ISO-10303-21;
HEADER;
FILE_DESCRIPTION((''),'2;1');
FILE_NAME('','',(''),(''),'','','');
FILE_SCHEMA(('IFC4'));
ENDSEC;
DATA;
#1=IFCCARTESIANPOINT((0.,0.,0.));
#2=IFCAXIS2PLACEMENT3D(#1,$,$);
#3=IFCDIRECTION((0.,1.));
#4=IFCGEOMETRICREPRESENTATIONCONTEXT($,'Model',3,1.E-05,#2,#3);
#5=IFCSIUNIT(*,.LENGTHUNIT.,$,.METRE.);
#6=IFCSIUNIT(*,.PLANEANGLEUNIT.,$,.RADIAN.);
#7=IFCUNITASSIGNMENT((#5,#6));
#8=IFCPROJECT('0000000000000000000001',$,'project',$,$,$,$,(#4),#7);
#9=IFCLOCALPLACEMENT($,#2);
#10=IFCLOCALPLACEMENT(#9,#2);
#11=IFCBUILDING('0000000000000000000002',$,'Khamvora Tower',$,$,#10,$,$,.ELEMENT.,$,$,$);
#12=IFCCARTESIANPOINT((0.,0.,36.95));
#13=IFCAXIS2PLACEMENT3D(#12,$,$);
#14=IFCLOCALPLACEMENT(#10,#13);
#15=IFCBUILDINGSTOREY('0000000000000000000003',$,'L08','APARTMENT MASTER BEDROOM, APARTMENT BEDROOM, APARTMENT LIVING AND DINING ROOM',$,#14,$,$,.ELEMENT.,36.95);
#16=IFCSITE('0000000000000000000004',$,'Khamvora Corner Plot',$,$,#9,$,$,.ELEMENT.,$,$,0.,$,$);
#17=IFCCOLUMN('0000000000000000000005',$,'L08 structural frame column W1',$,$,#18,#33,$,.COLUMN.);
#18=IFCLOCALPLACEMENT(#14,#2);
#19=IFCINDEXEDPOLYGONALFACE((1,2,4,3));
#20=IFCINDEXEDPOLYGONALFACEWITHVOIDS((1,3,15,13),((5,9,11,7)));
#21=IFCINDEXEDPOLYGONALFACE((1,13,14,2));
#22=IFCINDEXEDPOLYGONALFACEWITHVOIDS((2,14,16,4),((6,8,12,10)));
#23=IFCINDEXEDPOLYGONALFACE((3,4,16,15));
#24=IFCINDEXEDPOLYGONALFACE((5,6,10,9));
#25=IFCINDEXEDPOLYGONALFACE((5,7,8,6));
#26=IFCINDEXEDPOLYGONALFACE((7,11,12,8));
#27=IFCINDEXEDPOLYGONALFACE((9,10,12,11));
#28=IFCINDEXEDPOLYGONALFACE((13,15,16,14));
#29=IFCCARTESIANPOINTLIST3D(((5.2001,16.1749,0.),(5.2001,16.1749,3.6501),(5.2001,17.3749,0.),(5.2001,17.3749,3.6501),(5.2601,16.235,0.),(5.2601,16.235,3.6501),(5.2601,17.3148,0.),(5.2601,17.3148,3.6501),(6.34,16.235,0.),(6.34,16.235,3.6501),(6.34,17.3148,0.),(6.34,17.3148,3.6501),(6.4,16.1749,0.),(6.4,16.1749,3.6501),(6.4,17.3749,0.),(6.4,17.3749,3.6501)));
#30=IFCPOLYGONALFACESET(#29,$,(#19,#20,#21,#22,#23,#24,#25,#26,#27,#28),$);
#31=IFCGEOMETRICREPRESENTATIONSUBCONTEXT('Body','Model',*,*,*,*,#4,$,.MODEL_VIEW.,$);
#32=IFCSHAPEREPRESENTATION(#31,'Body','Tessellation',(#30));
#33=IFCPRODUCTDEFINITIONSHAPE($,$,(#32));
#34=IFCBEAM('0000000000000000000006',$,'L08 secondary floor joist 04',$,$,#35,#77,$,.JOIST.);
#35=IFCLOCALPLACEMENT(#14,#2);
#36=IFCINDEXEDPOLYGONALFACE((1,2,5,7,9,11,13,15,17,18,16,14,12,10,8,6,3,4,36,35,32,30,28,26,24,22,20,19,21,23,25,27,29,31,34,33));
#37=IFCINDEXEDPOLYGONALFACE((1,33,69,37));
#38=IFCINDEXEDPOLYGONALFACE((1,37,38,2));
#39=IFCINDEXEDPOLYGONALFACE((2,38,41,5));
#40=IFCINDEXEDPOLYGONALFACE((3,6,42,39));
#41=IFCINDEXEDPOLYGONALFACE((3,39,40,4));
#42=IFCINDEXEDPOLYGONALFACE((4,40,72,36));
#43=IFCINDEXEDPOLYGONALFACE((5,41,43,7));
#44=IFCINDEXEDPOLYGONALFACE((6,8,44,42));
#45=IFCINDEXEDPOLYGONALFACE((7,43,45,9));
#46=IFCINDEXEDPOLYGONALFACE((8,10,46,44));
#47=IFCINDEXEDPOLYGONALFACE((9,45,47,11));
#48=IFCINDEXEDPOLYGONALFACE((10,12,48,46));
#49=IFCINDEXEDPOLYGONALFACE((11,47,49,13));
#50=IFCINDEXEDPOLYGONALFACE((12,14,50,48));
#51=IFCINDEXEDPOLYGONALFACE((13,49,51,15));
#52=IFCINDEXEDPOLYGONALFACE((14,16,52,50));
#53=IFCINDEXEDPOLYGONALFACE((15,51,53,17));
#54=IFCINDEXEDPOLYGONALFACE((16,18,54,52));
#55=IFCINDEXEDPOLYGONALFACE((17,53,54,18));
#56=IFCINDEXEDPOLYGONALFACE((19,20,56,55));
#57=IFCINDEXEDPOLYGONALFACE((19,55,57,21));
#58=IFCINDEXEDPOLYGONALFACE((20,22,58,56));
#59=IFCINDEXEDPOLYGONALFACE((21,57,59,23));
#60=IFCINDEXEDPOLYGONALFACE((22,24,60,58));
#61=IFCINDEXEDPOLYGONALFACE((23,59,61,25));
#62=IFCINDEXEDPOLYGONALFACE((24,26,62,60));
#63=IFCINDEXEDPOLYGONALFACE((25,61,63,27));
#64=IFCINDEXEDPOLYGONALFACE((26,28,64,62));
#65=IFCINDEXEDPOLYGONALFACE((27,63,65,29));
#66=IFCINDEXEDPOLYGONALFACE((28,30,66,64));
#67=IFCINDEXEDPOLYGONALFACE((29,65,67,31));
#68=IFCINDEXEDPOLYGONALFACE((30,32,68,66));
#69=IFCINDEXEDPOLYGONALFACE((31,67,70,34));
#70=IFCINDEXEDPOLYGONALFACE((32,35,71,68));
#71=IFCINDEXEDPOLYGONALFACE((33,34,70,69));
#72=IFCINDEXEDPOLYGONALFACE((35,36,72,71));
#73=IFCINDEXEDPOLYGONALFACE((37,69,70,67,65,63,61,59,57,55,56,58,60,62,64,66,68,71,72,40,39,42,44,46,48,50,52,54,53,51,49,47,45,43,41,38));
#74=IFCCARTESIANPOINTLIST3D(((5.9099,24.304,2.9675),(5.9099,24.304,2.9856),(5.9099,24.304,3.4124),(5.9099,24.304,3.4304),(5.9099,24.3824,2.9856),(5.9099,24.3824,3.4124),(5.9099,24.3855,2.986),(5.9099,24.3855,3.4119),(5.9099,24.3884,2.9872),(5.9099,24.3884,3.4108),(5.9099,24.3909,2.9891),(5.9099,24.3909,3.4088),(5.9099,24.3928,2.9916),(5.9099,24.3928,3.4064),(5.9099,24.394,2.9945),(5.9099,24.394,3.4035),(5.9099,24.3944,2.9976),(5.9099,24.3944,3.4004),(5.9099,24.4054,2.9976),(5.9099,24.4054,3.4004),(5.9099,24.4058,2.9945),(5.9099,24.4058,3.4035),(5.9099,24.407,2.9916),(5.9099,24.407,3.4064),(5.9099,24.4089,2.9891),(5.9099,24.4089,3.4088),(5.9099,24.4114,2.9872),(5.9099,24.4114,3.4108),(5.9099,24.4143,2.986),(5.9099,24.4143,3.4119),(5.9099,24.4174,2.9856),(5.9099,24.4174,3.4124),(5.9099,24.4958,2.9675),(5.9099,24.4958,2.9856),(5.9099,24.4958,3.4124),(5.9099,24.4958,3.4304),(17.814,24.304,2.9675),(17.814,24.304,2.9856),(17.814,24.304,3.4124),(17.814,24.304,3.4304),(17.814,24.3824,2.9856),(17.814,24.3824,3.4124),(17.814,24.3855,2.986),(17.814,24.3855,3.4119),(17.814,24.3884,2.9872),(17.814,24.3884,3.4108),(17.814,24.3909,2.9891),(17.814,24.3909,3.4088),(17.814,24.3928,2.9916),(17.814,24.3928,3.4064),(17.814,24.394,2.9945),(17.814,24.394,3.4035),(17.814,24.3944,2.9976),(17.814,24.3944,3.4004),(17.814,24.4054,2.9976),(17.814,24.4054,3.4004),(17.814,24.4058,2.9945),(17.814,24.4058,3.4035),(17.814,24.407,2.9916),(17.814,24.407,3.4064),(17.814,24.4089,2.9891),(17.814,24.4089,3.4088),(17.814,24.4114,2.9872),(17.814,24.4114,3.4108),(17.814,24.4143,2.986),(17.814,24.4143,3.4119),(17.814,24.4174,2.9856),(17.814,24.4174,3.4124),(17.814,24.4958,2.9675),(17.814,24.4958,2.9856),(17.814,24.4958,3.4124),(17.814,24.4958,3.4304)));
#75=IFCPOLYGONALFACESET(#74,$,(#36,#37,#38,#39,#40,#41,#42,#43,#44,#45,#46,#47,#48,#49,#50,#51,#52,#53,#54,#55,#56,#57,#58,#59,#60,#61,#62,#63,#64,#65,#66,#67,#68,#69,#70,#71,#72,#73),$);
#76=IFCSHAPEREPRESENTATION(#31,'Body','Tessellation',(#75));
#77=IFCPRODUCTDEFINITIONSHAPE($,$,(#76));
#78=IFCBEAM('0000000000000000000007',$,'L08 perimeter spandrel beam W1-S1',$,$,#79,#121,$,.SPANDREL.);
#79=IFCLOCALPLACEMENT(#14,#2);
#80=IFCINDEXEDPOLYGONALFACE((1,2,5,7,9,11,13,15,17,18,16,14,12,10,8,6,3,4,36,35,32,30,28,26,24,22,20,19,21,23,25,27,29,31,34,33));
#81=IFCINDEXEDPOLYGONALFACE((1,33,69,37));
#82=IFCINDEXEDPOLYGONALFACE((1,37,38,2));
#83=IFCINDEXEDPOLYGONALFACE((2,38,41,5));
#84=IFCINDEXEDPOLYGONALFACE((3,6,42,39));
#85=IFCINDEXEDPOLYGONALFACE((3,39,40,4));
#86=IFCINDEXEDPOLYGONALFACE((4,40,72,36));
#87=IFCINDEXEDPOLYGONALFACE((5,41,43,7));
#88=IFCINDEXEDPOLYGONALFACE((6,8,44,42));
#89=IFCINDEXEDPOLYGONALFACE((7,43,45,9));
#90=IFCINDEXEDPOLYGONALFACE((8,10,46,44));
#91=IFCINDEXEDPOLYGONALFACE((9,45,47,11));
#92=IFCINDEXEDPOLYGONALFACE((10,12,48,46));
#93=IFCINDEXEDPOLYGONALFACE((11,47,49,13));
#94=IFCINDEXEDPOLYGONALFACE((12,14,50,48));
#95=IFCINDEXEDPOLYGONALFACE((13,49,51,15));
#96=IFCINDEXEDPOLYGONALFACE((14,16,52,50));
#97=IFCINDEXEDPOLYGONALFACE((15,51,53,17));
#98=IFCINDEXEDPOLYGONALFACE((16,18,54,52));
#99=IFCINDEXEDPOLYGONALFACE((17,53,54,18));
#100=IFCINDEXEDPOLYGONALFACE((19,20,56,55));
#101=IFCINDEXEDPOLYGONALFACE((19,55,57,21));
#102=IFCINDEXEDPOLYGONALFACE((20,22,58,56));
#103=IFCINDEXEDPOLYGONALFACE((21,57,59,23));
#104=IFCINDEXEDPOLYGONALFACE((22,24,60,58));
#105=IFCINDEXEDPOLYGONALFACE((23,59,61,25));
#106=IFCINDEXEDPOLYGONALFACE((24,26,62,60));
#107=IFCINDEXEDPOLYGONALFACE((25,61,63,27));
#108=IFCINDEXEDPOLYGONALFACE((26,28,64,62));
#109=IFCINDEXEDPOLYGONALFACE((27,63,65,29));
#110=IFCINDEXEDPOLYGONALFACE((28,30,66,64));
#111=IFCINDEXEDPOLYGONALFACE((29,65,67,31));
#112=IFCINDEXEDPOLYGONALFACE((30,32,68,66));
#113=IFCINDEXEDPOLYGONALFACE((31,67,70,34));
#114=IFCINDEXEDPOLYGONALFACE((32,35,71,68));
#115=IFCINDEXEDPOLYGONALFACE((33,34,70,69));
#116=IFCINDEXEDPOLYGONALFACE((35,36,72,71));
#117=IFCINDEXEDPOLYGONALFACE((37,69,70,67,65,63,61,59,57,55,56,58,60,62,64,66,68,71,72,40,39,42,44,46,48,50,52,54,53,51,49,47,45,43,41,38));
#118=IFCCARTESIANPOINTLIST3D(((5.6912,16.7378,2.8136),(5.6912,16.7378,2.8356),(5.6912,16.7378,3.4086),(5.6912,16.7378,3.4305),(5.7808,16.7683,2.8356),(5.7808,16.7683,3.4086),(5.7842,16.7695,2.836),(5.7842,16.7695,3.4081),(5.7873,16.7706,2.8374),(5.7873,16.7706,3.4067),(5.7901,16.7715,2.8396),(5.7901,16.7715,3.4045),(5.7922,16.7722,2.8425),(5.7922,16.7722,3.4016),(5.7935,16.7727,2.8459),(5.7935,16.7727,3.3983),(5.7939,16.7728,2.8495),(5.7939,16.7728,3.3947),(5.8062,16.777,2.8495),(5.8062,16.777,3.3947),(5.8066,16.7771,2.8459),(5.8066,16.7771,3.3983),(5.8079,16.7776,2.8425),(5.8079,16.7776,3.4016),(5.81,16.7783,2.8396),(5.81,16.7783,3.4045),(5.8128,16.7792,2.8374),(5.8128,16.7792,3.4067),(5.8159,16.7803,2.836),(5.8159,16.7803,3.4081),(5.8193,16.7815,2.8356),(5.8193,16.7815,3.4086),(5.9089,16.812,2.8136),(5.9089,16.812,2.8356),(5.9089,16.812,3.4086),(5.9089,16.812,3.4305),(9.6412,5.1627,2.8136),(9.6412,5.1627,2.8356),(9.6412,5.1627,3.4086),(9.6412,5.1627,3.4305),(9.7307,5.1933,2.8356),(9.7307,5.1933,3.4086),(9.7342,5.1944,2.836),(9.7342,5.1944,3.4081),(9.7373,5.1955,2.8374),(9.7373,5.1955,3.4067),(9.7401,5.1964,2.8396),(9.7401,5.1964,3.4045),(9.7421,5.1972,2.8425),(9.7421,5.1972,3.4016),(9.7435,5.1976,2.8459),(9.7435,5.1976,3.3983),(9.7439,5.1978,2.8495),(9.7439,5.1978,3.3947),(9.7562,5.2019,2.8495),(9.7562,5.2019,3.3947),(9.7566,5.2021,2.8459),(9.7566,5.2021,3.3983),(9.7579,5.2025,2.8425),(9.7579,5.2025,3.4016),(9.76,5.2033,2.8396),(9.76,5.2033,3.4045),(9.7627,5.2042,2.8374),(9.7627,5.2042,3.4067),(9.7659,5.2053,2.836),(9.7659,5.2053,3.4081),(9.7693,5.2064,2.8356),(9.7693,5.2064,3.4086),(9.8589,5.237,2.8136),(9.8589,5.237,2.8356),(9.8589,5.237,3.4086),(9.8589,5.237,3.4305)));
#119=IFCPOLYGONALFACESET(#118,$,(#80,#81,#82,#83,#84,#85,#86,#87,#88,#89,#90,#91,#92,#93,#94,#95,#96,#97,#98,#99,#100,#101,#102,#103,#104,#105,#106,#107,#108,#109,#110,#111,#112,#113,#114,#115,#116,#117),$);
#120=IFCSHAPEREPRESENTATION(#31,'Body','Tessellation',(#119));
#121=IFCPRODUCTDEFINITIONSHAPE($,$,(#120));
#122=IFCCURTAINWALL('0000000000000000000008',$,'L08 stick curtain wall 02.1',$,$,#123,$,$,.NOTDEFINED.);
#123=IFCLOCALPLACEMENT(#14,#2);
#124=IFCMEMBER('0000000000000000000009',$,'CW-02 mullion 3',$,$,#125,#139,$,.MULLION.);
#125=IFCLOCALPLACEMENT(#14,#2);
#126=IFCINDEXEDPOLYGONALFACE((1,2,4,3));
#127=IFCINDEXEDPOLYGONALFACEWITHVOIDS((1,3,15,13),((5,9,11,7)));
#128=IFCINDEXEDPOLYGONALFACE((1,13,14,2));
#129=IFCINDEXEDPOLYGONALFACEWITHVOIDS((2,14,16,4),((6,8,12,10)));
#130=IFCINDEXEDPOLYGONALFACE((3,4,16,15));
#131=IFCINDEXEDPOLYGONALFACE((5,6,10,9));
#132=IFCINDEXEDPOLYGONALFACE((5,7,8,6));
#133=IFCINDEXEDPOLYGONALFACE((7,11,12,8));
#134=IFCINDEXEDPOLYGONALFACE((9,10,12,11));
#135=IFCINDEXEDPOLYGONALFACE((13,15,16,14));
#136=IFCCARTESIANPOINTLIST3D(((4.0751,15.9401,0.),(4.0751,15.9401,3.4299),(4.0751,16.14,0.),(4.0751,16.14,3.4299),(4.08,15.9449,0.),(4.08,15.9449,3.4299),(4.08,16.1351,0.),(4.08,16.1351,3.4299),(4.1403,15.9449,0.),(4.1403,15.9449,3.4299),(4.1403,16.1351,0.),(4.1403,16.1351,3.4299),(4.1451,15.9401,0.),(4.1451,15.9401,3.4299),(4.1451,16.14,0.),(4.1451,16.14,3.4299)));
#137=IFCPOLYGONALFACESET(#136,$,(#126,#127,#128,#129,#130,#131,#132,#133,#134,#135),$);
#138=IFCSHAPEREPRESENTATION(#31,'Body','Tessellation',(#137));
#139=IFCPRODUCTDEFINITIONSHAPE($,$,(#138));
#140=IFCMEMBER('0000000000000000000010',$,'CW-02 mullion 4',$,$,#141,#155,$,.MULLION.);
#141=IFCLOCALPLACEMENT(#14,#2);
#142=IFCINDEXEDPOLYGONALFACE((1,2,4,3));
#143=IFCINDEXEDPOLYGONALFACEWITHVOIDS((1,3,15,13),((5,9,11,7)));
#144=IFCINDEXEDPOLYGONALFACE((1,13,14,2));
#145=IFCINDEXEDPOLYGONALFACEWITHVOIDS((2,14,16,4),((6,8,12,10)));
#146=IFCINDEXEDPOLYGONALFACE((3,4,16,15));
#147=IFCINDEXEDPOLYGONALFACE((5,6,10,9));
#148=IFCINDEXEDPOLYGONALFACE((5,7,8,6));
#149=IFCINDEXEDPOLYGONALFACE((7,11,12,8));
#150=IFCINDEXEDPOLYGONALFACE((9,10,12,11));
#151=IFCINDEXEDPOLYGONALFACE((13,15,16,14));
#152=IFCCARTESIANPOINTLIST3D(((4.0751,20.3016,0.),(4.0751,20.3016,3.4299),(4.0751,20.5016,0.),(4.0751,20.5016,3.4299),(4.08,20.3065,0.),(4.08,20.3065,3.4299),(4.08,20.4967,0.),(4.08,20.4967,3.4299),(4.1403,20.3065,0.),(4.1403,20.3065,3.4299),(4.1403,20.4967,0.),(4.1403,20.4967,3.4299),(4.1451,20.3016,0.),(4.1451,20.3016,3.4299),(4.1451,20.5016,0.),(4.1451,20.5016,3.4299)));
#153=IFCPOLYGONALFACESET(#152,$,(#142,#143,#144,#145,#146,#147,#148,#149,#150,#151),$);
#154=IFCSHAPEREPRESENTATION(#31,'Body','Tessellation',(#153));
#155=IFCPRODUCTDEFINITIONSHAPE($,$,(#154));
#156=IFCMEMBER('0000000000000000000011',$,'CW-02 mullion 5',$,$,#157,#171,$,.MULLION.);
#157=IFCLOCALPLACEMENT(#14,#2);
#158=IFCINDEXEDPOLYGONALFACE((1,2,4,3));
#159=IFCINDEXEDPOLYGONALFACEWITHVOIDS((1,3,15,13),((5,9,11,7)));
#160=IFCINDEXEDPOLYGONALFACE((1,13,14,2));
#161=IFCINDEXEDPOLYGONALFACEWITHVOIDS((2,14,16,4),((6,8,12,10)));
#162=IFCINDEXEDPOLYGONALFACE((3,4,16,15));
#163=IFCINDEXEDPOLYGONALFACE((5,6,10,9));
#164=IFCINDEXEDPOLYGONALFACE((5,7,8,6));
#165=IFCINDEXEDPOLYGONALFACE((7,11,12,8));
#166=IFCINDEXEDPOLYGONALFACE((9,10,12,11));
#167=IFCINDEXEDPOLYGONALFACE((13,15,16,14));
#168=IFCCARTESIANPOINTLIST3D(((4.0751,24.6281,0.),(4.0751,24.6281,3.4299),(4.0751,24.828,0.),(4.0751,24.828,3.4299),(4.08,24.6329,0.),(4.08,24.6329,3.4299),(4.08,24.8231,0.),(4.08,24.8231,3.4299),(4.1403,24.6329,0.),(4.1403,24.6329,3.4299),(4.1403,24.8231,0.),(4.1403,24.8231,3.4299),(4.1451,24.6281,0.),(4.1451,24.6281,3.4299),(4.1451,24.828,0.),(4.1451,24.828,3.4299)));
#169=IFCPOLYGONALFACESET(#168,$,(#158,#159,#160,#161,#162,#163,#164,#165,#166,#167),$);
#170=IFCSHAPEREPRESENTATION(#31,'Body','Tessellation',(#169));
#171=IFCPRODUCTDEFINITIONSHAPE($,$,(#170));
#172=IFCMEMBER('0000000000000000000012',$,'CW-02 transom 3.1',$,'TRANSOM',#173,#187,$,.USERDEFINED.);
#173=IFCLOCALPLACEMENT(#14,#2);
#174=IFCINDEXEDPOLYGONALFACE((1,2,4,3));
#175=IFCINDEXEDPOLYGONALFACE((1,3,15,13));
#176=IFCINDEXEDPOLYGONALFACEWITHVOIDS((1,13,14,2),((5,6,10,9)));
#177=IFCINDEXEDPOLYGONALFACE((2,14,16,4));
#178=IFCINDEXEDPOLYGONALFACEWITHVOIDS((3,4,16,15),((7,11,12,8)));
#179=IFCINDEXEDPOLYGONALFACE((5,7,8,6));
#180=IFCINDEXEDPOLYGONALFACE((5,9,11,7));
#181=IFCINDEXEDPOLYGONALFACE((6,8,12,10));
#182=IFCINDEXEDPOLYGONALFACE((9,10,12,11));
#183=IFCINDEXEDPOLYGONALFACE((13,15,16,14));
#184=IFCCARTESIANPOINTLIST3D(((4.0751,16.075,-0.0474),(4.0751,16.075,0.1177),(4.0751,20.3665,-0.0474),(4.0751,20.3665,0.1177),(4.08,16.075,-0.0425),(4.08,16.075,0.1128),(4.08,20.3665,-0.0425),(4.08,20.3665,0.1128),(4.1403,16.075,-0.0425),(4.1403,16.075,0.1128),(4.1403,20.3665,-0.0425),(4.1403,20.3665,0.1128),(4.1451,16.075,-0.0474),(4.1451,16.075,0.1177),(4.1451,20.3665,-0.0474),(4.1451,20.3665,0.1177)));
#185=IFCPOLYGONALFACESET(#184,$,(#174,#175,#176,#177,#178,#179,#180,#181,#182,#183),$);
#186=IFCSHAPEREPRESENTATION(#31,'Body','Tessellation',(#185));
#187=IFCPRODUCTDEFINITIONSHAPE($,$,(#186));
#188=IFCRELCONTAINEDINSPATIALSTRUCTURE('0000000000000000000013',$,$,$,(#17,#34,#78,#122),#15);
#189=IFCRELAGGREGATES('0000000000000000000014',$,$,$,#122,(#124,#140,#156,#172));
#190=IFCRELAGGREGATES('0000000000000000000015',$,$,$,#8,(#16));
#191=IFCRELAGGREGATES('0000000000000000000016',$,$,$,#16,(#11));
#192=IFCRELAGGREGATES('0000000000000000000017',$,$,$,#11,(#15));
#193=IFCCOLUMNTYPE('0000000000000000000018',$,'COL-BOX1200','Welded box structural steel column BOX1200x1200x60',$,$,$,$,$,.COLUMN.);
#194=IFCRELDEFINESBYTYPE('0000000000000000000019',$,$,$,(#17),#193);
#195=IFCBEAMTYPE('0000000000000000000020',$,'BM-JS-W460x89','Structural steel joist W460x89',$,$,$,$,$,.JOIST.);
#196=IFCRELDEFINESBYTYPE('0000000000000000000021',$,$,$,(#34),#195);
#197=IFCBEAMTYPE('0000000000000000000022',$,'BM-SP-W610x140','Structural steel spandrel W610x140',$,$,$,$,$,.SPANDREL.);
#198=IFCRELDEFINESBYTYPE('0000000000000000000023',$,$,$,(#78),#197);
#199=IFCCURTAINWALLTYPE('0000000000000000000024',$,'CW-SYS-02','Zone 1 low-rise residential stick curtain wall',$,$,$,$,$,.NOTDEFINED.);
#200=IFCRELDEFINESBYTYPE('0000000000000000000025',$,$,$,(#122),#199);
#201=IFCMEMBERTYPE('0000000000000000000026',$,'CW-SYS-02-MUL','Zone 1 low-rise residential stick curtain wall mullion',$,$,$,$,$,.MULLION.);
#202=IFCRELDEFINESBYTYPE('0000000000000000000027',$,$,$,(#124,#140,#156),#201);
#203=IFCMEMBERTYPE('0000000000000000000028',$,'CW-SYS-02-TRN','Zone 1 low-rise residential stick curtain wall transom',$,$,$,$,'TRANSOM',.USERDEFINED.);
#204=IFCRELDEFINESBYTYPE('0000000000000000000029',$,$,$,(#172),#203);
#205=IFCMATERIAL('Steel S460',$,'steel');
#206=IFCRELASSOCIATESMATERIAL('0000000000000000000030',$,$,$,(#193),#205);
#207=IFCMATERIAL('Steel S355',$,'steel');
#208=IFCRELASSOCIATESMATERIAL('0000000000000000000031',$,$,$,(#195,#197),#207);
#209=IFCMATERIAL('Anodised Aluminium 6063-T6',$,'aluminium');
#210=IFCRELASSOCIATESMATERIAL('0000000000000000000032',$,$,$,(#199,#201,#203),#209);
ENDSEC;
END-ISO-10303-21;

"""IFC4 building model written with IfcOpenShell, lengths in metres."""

from ifc_helpers import new_model, si_unit, direction, frame, origin, origin_2d, place, context, subcontext, project, spatial, hollow_rectangle, i_section, extrude, material, material_profile, profile_set, type_object, element, aggregate, save


model = new_model("IFC4")

# Units and contexts
model_context = context("Model", 3, precision=1e-05, world=origin(), true_north=direction((0.0, 1.0)))
body_context = subcontext(model_context, "Body", "Model", "MODEL_VIEW")
ifc_project = project(units=[si_unit("LENGTHUNIT", "METRE"), si_unit("PLANEANGLEUNIT", "RADIAN")], contexts=[model_context])

# Site, building, storey
site_placement = place(None, origin())
site = spatial("IfcSite", under=ifc_project, at=site_placement, Name="Khamvora Corner Plot", CompositionType="ELEMENT", RefElevation=0.0)
building_placement = place(site_placement, origin())
building = spatial("IfcBuilding", under=site, at=building_placement, Name="Khamvora Tower", CompositionType="ELEMENT")
storey_placement = place(building_placement, frame((0.0, 0.0, 36.95)))
storey = spatial("IfcBuildingStorey", under=building, at=storey_placement, Name="L08", Description="APARTMENT MASTER BEDROOM, APARTMENT BEDROOM, APARTMENT LIVING AND DINING ROOM", CompositionType="ELEMENT", Elevation=36.95)

# Column
ifc_material_1 = material(Name="Steel S460", Category="steel")
ifc_material_profile_1 = material_profile(ifc_material_1, hollow_rectangle(XDim=1.2, YDim=1.2, WallThickness=0.0601, at=origin_2d()), Name="BOX1200x1200x60")
ifc_profile_set_1 = profile_set([ifc_material_profile_1], Name="Steel S460")
column_type = type_object("IfcColumnType", Name="COL-BOX1200", Description="Welded box structural steel column BOX1200x1200x60", PredefinedType="COLUMN", material=ifc_profile_set_1)
column_placement = place(storey_placement, frame((5.8, 16.7749, 0.0), z_axis=(0.0, 0.0, 1.0), x_axis=(1.0, 0.0, 0.0)))
element("IfcColumn", 1, at=column_placement, inside=storey, type_object=column_type, Name="L08 structural frame column W1", PredefinedType="COLUMN", context=body_context, shape_type="SweptSolid", body=[
    extrude(hollow_rectangle(XDim=1.2, YDim=1.2, WallThickness=0.0601, at=origin_2d()), origin(), (0.0, 0.0, 1.0), 3.6501),
])

# Beams
ifc_material_2 = material(Name="Steel S355", Category="steel")
ifc_material_profile_2 = material_profile(ifc_material_2, i_section(OverallWidth=0.1919, OverallDepth=0.4629, WebThickness=0.011, FlangeThickness=0.0181, FilletRadius=0.012, at=origin_2d()), Name="W460x89")
ifc_profile_set_2 = profile_set([ifc_material_profile_2], Name="Steel S355")
beam_type_1 = type_object("IfcBeamType", Name="BM-JS-W460x89", Description="Structural steel joist W460x89", PredefinedType="JOIST", material=ifc_profile_set_2)
beam_1_placement = place(storey_placement, frame((5.9099, 24.3999, 3.199), z_axis=(1.0, 0.0, 0.0), x_axis=(0.0, 1.0, 0.0)))
element("IfcBeam", 2, at=beam_1_placement, inside=storey, type_object=beam_type_1, Name="L08 secondary floor joist 04", PredefinedType="JOIST", context=body_context, shape_type="SweptSolid", body=[
    extrude(i_section(OverallWidth=0.1919, OverallDepth=0.4629, WebThickness=0.011, FlangeThickness=0.0181, FilletRadius=0.012, at=origin_2d()), origin(), (0.0, 0.0, 1.0), 11.9041),
])
ifc_material_profile_3 = material_profile(ifc_material_2, i_section(OverallWidth=0.23, OverallDepth=0.6169, WebThickness=0.0129, FlangeThickness=0.022, FilletRadius=0.0139, at=origin_2d()), Name="W610x140")
ifc_profile_set_3 = profile_set([ifc_material_profile_3], Name="Steel S355")
beam_type_2 = type_object("IfcBeamType", Name="BM-SP-W610x140", Description="Structural steel spandrel W610x140", PredefinedType="SPANDREL", material=ifc_profile_set_3)
beam_2_placement = place(storey_placement, frame((5.8, 16.7749, 3.1221), z_axis=(0.322963, -0.946412, 0.0), x_axis=(0.946412, 0.322963, 0.0)))
element("IfcBeam", 3, at=beam_2_placement, inside=storey, type_object=beam_type_2, Name="L08 perimeter spandrel beam W1-S1", PredefinedType="SPANDREL", context=body_context, shape_type="SweptSolid", body=[
    extrude(i_section(OverallWidth=0.23, OverallDepth=0.6169, WebThickness=0.0129, FlangeThickness=0.022, FilletRadius=0.0139, at=origin_2d()), origin(), (0.0, 0.0, 1.0), 12.2305),
])

# Curtain wall, members
ifc_material_3 = material(Name="Anodised Aluminium 6063-T6", Category="aluminium")
curtain_wall_type = type_object("IfcCurtainWallType", Name="CW-SYS-02", Description="Zone 1 low-rise residential stick curtain wall", PredefinedType="NOTDEFINED", material=ifc_material_3)
curtain_wall_placement = place(storey_placement, origin())
curtain_wall = element("IfcCurtainWall", 4, at=curtain_wall_placement, inside=storey, type_object=curtain_wall_type, Name="L08 stick curtain wall 02.1", PredefinedType="NOTDEFINED")
ifc_material_profile_4 = material_profile(ifc_material_3, hollow_rectangle(XDim=0.0701, YDim=0.2, WallThickness=0.0049, at=origin_2d()), Name="MUL70x200x5")
ifc_profile_set_4 = profile_set([ifc_material_profile_4], Name="Anodised Aluminium 6063-T6")
member_type_1 = type_object("IfcMemberType", Name="CW-SYS-02-MUL", Description="Zone 1 low-rise residential stick curtain wall mullion", PredefinedType="MULLION", material=ifc_profile_set_4)
member_1_placement = place(storey_placement, frame((4.1101, 16.04, 0.0), z_axis=(0.0, 0.0, 1.0), x_axis=(-1.0, 0.0, 0.0)))
member_1 = element("IfcMember", 5, at=member_1_placement, type_object=member_type_1, Name="CW-02 mullion 3", PredefinedType="MULLION", context=body_context, shape_type="SweptSolid", body=[
    extrude(hollow_rectangle(XDim=0.0701, YDim=0.2, WallThickness=0.0049, at=origin_2d()), origin(), (0.0, 0.0, 1.0), 3.4299),
])
member_2_placement = place(storey_placement, frame((4.1101, 20.4016, 0.0), z_axis=(0.0, 0.0, 1.0), x_axis=(-1.0, 0.0, 0.0)))
member_2 = element("IfcMember", 6, at=member_2_placement, type_object=member_type_1, Name="CW-02 mullion 4", PredefinedType="MULLION", context=body_context, shape_type="SweptSolid", body=[
    extrude(hollow_rectangle(XDim=0.0701, YDim=0.2, WallThickness=0.0049, at=origin_2d()), origin(), (0.0, 0.0, 1.0), 3.4299),
])
member_3_placement = place(storey_placement, frame((4.1101, 24.728, 0.0), z_axis=(0.0, 0.0, 1.0), x_axis=(-1.0, 0.0, 0.0)))
member_3 = element("IfcMember", 7, at=member_3_placement, type_object=member_type_1, Name="CW-02 mullion 5", PredefinedType="MULLION", context=body_context, shape_type="SweptSolid", body=[
    extrude(hollow_rectangle(XDim=0.0701, YDim=0.2, WallThickness=0.0049, at=origin_2d()), origin(), (0.0, 0.0, 1.0), 3.4299),
])
ifc_material_profile_5 = material_profile(ifc_material_3, hollow_rectangle(XDim=0.0701, YDim=0.165, WallThickness=0.0049, at=origin_2d()), Name="TRN70x165x5")
ifc_profile_set_5 = profile_set([ifc_material_profile_5], Name="Anodised Aluminium 6063-T6")
member_type_2 = type_object("IfcMemberType", Name="CW-SYS-02-TRN", Description="Zone 1 low-rise residential stick curtain wall transom", ElementType="TRANSOM", PredefinedType="USERDEFINED", material=ifc_profile_set_5)
member_4_placement = place(storey_placement, frame((4.1101, 16.075, 0.0352), z_axis=(0.0, 1.0, 0.0), x_axis=(-1.0, 0.0, 0.0)))
member_4 = element("IfcMember", 8, at=member_4_placement, type_object=member_type_2, Name="CW-02 transom 3.1", ObjectType="TRANSOM", PredefinedType="USERDEFINED", context=body_context, shape_type="SweptSolid", body=[
    extrude(hollow_rectangle(XDim=0.0701, YDim=0.165, WallThickness=0.0049, at=origin_2d()), origin(), (0.0, 0.0, 1.0), 4.2915),
])
aggregate(curtain_wall, [member_1, member_2, member_3, member_4])

save(model, "model.ifc")
